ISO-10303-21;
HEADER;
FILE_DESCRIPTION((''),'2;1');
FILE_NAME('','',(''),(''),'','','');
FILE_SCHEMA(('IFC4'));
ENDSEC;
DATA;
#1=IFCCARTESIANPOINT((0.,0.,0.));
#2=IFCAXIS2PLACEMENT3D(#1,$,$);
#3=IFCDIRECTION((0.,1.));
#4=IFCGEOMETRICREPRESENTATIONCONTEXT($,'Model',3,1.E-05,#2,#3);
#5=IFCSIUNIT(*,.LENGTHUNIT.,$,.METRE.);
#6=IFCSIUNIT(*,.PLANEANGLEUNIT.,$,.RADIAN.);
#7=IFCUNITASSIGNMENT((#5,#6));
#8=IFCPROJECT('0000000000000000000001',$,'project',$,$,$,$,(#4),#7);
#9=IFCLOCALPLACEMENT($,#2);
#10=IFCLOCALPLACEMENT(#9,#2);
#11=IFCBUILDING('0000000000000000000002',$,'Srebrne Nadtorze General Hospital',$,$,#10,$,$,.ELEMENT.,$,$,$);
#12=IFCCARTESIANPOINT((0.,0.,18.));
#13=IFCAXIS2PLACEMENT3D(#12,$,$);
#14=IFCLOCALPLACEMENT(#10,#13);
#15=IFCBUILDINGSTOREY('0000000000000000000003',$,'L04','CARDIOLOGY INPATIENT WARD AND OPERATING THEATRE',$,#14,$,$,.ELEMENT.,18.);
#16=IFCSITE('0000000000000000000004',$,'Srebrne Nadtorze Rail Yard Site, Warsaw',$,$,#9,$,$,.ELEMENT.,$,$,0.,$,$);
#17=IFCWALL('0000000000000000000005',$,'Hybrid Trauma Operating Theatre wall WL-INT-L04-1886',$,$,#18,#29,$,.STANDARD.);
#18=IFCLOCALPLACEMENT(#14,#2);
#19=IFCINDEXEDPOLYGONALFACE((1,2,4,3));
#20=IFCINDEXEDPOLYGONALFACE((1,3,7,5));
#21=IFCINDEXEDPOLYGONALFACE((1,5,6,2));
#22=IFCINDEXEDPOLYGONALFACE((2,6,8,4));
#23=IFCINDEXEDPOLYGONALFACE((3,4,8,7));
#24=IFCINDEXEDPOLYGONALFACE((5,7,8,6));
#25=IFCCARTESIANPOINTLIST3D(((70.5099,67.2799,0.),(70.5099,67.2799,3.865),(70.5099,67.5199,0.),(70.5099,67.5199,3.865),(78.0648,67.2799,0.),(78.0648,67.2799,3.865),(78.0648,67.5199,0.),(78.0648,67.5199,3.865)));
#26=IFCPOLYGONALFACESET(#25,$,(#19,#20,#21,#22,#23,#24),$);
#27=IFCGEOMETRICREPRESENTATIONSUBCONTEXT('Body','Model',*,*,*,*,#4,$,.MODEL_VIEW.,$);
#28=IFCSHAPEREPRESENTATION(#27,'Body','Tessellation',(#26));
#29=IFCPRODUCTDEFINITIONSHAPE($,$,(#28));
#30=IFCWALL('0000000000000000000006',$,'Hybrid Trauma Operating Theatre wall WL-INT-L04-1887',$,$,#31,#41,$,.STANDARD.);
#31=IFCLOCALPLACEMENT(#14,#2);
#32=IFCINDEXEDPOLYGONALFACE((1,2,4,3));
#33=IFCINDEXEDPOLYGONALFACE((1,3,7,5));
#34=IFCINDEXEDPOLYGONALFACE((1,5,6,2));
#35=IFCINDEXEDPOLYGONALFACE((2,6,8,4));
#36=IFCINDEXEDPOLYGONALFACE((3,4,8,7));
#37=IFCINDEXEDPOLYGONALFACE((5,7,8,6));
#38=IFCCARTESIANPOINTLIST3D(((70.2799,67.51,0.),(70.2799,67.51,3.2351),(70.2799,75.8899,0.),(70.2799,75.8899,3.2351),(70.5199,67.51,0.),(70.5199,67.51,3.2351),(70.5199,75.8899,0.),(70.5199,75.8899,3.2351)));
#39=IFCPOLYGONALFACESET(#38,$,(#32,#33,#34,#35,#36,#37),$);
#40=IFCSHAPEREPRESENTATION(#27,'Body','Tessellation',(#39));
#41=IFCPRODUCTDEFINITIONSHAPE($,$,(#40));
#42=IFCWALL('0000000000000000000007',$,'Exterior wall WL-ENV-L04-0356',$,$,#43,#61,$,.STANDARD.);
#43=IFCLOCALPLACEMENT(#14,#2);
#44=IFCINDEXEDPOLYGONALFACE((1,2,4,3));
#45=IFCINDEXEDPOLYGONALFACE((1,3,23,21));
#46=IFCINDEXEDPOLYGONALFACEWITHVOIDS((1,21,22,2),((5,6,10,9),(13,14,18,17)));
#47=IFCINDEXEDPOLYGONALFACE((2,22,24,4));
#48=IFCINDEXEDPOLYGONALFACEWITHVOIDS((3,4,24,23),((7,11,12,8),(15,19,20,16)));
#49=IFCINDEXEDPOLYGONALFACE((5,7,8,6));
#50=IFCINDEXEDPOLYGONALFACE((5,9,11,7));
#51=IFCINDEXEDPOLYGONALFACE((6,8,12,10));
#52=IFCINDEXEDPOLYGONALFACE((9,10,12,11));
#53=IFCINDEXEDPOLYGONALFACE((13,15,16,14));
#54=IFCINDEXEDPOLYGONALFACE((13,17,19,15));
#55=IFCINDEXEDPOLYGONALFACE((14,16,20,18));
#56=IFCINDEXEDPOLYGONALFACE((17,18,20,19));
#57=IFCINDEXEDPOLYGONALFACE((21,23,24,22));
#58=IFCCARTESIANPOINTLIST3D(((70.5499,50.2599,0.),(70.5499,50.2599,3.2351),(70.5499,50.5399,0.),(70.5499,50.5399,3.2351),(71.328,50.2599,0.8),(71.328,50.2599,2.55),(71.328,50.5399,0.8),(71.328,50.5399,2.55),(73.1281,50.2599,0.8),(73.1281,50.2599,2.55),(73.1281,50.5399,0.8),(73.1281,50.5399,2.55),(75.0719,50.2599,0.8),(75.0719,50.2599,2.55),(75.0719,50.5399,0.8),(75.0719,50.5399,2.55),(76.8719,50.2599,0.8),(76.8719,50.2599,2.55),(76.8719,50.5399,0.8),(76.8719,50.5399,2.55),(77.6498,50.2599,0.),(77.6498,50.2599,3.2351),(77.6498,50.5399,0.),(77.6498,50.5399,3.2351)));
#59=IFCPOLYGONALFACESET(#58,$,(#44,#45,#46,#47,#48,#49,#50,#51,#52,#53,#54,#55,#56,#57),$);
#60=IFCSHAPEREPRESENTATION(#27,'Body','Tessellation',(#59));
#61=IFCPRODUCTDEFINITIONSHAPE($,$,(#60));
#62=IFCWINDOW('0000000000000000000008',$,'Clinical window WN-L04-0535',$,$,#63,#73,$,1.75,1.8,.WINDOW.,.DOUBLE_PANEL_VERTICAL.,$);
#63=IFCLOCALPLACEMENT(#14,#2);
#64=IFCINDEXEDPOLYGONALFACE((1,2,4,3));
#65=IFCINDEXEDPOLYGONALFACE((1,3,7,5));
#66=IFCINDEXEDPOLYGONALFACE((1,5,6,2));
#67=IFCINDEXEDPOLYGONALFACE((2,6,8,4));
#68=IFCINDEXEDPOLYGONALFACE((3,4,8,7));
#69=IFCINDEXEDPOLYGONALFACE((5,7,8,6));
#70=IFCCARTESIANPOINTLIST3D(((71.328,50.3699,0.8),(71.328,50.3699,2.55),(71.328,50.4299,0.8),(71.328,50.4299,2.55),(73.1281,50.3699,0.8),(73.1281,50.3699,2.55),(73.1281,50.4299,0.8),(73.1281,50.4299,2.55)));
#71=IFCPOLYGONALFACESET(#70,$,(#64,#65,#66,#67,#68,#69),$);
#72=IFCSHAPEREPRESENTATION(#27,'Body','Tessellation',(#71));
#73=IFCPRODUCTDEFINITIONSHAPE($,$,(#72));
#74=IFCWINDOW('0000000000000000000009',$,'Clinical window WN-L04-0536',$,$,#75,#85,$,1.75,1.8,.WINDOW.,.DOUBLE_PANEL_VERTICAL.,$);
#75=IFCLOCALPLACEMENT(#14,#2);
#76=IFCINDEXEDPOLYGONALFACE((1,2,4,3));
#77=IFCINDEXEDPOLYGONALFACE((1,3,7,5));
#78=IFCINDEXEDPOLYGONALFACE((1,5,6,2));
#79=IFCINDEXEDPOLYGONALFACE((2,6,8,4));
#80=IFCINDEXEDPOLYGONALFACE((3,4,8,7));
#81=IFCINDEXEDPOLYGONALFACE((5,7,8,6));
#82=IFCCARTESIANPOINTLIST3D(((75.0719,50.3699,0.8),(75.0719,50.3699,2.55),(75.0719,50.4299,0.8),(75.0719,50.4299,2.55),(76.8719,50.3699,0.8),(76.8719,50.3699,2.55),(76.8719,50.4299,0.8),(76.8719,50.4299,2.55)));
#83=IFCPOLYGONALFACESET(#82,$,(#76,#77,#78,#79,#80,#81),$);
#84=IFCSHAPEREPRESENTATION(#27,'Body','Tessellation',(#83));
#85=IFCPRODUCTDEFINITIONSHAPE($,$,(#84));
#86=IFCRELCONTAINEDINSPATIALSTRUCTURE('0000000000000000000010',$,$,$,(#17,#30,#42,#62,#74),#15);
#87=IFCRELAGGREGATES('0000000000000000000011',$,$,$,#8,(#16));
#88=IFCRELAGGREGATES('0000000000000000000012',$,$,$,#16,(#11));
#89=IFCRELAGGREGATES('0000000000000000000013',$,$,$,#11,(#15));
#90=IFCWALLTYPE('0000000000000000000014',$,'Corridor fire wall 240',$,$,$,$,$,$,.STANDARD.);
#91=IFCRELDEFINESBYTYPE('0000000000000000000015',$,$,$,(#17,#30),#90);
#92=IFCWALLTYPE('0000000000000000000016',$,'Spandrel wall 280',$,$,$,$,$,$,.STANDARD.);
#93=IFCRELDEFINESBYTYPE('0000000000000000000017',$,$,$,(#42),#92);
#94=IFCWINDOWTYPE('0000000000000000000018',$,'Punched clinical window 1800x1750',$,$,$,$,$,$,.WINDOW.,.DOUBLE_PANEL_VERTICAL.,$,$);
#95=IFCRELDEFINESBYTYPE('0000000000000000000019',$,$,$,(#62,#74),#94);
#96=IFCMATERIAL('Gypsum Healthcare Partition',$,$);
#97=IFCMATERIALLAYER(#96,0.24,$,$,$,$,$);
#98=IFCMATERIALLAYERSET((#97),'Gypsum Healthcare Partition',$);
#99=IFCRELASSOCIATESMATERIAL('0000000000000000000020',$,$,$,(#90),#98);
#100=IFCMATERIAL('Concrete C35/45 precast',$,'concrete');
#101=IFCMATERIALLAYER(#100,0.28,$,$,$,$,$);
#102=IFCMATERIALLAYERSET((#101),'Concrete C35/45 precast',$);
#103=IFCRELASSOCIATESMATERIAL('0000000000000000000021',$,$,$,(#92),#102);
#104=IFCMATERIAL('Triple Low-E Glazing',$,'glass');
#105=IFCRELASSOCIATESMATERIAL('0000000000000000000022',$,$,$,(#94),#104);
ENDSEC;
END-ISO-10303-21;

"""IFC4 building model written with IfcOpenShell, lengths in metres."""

from ifc_helpers import new_model, si_unit, direction, frame, frame_2d, origin, place, context, subcontext, project, spatial, rectangle, extrude, material, layer, layer_set, type_object, element, fill, save


model = new_model("IFC4")

# Units and contexts
model_context = context("Model", 3, precision=1e-05, world=origin(), true_north=direction((0.0, 1.0)))
body_context = subcontext(model_context, "Body", "Model", "MODEL_VIEW")
ifc_project = project(units=[si_unit("LENGTHUNIT", "METRE"), si_unit("PLANEANGLEUNIT", "RADIAN")], contexts=[model_context])

# Site, building, storey
site_placement = place(None, origin())
site = spatial("IfcSite", under=ifc_project, at=site_placement, Name="Srebrne Nadtorze Rail Yard Site, Warsaw", CompositionType="ELEMENT", RefElevation=0.0)
building_placement = place(site_placement, origin())
building = spatial("IfcBuilding", under=site, at=building_placement, Name="Srebrne Nadtorze General Hospital", CompositionType="ELEMENT")
storey_placement = place(building_placement, frame((0.0, 0.0, 18.0)))
storey = spatial("IfcBuildingStorey", under=building, at=storey_placement, Name="L04", Description="CARDIOLOGY INPATIENT WARD AND OPERATING THEATRE", CompositionType="ELEMENT", Elevation=18.0)

# Walls
ifc_material_1 = material(Name="Gypsum Healthcare Partition")
ifc_layer_1 = layer(ifc_material_1, 0.24)
ifc_layer_set_1 = layer_set([ifc_layer_1], Name="Gypsum Healthcare Partition")
wall_type_1 = type_object("IfcWallType", Name="Corridor fire wall 240", PredefinedType="STANDARD", material=ifc_layer_set_1)
wall_1_placement = place(storey_placement, frame((70.51, 67.3999, 0.0), z_axis=(0.0, 0.0, 1.0), x_axis=(1.0, 0.0, 0.0)))
element("IfcWall", 1, at=wall_1_placement, inside=storey, type_object=wall_type_1, Name="Hybrid Trauma Operating Theatre wall WL-INT-L04-1886", PredefinedType="STANDARD", context=body_context, shape_type="SweptSolid", body=[
    extrude(rectangle(XDim=7.5549, YDim=0.24, at=frame_2d((3.7773, 0.0))), origin(), (0.0, 0.0, 1.0), 3.865),
])
wall_2_placement = place(storey_placement, frame((70.3999, 67.51, 0.0), z_axis=(0.0, 0.0, 1.0), x_axis=(0.0, 1.0, 0.0)))
element("IfcWall", 2, at=wall_2_placement, inside=storey, type_object=wall_type_1, Name="Hybrid Trauma Operating Theatre wall WL-INT-L04-1887", PredefinedType="STANDARD", context=body_context, shape_type="SweptSolid", body=[
    extrude(rectangle(XDim=8.3799, YDim=0.24, at=frame_2d((4.1899, 0.0))), origin(), (0.0, 0.0, 1.0), 3.2351),
])

# Wall, openings, windows
ifc_material_2 = material(Name="Concrete C35/45 precast", Category="concrete")
ifc_layer_2 = layer(ifc_material_2, 0.28)
ifc_layer_set_2 = layer_set([ifc_layer_2], Name="Concrete C35/45 precast")
wall_type_2 = type_object("IfcWallType", Name="Spandrel wall 280", PredefinedType="STANDARD", material=ifc_layer_set_2)
wall_3_placement = place(storey_placement, frame((70.55, 50.3999, 0.0), z_axis=(0.0, 0.0, 1.0), x_axis=(1.0, 0.0, 0.0)))
wall_3 = element("IfcWall", 3, at=wall_3_placement, inside=storey, type_object=wall_type_2, Name="Exterior wall WL-ENV-L04-0356", PredefinedType="STANDARD", context=body_context, shape_type="SweptSolid", body=[
    extrude(rectangle(XDim=7.0999, YDim=0.28, at=frame_2d((3.5498, 0.0))), origin(), (0.0, 0.0, 1.0), 3.2351),
])
opening_1_placement = place(wall_3_placement, frame((0.7781, 0.0, 0.8)))
opening_1 = element("IfcOpeningElement", 4, at=opening_1_placement, cuts=wall_3, PredefinedType="OPENING", context=body_context, shape_type="SweptSolid", body=[
    extrude(rectangle(XDim=1.8, YDim=1.75, at=frame_2d((0.8999, 0.875))), frame((0.0, 0.1519, 0.0), z_axis=(0.0, -1.0, 0.0), x_axis=(1.0, 0.0, 0.0)), (0.0, 0.0, 1.0), 0.304),
])
opening_2_placement = place(wall_3_placement, frame((4.522, 0.0, 0.8)))
opening_2 = element("IfcOpeningElement", 5, at=opening_2_placement, cuts=wall_3, PredefinedType="OPENING", context=body_context, shape_type="SweptSolid", body=[
    extrude(rectangle(XDim=1.8, YDim=1.75, at=frame_2d((0.8999, 0.875))), frame((0.0, 0.1519, 0.0), z_axis=(0.0, -1.0, 0.0), x_axis=(1.0, 0.0, 0.0)), (0.0, 0.0, 1.0), 0.304),
])
ifc_material_3 = material(Name="Triple Low-E Glazing", Category="glass")
window_type = type_object("IfcWindowType", Name="Punched clinical window 1800x1750", PartitioningType="DOUBLE_PANEL_VERTICAL", PredefinedType="WINDOW", material=ifc_material_3)
window_1_placement = place(opening_1_placement, origin())
window_1 = element("IfcWindow", 6, at=window_1_placement, inside=storey, type_object=window_type, Name="Clinical window WN-L04-0535", OverallHeight=1.75, OverallWidth=1.8, PartitioningType="DOUBLE_PANEL_VERTICAL", PredefinedType="WINDOW", context=body_context, shape_type="SweptSolid", body=[
    extrude(rectangle(XDim=1.8, YDim=1.75, at=frame_2d((0.8999, 0.875))), frame((0.0, 0.03, 0.0), z_axis=(0.0, -1.0, 0.0), x_axis=(1.0, 0.0, 0.0)), (0.0, 0.0, 1.0), 0.0601),
])
fill(opening_1, window_1)
window_2_placement = place(opening_2_placement, origin())
window_2 = element("IfcWindow", 7, at=window_2_placement, inside=storey, type_object=window_type, Name="Clinical window WN-L04-0536", OverallHeight=1.75, OverallWidth=1.8, PartitioningType="DOUBLE_PANEL_VERTICAL", PredefinedType="WINDOW", context=body_context, shape_type="SweptSolid", body=[
    extrude(rectangle(XDim=1.8, YDim=1.75, at=frame_2d((0.8999, 0.875))), frame((0.0, 0.03, 0.0), z_axis=(0.0, -1.0, 0.0), x_axis=(1.0, 0.0, 0.0)), (0.0, 0.0, 1.0), 0.0601),
])
fill(opening_2, window_2)

save(model, "model.ifc")
